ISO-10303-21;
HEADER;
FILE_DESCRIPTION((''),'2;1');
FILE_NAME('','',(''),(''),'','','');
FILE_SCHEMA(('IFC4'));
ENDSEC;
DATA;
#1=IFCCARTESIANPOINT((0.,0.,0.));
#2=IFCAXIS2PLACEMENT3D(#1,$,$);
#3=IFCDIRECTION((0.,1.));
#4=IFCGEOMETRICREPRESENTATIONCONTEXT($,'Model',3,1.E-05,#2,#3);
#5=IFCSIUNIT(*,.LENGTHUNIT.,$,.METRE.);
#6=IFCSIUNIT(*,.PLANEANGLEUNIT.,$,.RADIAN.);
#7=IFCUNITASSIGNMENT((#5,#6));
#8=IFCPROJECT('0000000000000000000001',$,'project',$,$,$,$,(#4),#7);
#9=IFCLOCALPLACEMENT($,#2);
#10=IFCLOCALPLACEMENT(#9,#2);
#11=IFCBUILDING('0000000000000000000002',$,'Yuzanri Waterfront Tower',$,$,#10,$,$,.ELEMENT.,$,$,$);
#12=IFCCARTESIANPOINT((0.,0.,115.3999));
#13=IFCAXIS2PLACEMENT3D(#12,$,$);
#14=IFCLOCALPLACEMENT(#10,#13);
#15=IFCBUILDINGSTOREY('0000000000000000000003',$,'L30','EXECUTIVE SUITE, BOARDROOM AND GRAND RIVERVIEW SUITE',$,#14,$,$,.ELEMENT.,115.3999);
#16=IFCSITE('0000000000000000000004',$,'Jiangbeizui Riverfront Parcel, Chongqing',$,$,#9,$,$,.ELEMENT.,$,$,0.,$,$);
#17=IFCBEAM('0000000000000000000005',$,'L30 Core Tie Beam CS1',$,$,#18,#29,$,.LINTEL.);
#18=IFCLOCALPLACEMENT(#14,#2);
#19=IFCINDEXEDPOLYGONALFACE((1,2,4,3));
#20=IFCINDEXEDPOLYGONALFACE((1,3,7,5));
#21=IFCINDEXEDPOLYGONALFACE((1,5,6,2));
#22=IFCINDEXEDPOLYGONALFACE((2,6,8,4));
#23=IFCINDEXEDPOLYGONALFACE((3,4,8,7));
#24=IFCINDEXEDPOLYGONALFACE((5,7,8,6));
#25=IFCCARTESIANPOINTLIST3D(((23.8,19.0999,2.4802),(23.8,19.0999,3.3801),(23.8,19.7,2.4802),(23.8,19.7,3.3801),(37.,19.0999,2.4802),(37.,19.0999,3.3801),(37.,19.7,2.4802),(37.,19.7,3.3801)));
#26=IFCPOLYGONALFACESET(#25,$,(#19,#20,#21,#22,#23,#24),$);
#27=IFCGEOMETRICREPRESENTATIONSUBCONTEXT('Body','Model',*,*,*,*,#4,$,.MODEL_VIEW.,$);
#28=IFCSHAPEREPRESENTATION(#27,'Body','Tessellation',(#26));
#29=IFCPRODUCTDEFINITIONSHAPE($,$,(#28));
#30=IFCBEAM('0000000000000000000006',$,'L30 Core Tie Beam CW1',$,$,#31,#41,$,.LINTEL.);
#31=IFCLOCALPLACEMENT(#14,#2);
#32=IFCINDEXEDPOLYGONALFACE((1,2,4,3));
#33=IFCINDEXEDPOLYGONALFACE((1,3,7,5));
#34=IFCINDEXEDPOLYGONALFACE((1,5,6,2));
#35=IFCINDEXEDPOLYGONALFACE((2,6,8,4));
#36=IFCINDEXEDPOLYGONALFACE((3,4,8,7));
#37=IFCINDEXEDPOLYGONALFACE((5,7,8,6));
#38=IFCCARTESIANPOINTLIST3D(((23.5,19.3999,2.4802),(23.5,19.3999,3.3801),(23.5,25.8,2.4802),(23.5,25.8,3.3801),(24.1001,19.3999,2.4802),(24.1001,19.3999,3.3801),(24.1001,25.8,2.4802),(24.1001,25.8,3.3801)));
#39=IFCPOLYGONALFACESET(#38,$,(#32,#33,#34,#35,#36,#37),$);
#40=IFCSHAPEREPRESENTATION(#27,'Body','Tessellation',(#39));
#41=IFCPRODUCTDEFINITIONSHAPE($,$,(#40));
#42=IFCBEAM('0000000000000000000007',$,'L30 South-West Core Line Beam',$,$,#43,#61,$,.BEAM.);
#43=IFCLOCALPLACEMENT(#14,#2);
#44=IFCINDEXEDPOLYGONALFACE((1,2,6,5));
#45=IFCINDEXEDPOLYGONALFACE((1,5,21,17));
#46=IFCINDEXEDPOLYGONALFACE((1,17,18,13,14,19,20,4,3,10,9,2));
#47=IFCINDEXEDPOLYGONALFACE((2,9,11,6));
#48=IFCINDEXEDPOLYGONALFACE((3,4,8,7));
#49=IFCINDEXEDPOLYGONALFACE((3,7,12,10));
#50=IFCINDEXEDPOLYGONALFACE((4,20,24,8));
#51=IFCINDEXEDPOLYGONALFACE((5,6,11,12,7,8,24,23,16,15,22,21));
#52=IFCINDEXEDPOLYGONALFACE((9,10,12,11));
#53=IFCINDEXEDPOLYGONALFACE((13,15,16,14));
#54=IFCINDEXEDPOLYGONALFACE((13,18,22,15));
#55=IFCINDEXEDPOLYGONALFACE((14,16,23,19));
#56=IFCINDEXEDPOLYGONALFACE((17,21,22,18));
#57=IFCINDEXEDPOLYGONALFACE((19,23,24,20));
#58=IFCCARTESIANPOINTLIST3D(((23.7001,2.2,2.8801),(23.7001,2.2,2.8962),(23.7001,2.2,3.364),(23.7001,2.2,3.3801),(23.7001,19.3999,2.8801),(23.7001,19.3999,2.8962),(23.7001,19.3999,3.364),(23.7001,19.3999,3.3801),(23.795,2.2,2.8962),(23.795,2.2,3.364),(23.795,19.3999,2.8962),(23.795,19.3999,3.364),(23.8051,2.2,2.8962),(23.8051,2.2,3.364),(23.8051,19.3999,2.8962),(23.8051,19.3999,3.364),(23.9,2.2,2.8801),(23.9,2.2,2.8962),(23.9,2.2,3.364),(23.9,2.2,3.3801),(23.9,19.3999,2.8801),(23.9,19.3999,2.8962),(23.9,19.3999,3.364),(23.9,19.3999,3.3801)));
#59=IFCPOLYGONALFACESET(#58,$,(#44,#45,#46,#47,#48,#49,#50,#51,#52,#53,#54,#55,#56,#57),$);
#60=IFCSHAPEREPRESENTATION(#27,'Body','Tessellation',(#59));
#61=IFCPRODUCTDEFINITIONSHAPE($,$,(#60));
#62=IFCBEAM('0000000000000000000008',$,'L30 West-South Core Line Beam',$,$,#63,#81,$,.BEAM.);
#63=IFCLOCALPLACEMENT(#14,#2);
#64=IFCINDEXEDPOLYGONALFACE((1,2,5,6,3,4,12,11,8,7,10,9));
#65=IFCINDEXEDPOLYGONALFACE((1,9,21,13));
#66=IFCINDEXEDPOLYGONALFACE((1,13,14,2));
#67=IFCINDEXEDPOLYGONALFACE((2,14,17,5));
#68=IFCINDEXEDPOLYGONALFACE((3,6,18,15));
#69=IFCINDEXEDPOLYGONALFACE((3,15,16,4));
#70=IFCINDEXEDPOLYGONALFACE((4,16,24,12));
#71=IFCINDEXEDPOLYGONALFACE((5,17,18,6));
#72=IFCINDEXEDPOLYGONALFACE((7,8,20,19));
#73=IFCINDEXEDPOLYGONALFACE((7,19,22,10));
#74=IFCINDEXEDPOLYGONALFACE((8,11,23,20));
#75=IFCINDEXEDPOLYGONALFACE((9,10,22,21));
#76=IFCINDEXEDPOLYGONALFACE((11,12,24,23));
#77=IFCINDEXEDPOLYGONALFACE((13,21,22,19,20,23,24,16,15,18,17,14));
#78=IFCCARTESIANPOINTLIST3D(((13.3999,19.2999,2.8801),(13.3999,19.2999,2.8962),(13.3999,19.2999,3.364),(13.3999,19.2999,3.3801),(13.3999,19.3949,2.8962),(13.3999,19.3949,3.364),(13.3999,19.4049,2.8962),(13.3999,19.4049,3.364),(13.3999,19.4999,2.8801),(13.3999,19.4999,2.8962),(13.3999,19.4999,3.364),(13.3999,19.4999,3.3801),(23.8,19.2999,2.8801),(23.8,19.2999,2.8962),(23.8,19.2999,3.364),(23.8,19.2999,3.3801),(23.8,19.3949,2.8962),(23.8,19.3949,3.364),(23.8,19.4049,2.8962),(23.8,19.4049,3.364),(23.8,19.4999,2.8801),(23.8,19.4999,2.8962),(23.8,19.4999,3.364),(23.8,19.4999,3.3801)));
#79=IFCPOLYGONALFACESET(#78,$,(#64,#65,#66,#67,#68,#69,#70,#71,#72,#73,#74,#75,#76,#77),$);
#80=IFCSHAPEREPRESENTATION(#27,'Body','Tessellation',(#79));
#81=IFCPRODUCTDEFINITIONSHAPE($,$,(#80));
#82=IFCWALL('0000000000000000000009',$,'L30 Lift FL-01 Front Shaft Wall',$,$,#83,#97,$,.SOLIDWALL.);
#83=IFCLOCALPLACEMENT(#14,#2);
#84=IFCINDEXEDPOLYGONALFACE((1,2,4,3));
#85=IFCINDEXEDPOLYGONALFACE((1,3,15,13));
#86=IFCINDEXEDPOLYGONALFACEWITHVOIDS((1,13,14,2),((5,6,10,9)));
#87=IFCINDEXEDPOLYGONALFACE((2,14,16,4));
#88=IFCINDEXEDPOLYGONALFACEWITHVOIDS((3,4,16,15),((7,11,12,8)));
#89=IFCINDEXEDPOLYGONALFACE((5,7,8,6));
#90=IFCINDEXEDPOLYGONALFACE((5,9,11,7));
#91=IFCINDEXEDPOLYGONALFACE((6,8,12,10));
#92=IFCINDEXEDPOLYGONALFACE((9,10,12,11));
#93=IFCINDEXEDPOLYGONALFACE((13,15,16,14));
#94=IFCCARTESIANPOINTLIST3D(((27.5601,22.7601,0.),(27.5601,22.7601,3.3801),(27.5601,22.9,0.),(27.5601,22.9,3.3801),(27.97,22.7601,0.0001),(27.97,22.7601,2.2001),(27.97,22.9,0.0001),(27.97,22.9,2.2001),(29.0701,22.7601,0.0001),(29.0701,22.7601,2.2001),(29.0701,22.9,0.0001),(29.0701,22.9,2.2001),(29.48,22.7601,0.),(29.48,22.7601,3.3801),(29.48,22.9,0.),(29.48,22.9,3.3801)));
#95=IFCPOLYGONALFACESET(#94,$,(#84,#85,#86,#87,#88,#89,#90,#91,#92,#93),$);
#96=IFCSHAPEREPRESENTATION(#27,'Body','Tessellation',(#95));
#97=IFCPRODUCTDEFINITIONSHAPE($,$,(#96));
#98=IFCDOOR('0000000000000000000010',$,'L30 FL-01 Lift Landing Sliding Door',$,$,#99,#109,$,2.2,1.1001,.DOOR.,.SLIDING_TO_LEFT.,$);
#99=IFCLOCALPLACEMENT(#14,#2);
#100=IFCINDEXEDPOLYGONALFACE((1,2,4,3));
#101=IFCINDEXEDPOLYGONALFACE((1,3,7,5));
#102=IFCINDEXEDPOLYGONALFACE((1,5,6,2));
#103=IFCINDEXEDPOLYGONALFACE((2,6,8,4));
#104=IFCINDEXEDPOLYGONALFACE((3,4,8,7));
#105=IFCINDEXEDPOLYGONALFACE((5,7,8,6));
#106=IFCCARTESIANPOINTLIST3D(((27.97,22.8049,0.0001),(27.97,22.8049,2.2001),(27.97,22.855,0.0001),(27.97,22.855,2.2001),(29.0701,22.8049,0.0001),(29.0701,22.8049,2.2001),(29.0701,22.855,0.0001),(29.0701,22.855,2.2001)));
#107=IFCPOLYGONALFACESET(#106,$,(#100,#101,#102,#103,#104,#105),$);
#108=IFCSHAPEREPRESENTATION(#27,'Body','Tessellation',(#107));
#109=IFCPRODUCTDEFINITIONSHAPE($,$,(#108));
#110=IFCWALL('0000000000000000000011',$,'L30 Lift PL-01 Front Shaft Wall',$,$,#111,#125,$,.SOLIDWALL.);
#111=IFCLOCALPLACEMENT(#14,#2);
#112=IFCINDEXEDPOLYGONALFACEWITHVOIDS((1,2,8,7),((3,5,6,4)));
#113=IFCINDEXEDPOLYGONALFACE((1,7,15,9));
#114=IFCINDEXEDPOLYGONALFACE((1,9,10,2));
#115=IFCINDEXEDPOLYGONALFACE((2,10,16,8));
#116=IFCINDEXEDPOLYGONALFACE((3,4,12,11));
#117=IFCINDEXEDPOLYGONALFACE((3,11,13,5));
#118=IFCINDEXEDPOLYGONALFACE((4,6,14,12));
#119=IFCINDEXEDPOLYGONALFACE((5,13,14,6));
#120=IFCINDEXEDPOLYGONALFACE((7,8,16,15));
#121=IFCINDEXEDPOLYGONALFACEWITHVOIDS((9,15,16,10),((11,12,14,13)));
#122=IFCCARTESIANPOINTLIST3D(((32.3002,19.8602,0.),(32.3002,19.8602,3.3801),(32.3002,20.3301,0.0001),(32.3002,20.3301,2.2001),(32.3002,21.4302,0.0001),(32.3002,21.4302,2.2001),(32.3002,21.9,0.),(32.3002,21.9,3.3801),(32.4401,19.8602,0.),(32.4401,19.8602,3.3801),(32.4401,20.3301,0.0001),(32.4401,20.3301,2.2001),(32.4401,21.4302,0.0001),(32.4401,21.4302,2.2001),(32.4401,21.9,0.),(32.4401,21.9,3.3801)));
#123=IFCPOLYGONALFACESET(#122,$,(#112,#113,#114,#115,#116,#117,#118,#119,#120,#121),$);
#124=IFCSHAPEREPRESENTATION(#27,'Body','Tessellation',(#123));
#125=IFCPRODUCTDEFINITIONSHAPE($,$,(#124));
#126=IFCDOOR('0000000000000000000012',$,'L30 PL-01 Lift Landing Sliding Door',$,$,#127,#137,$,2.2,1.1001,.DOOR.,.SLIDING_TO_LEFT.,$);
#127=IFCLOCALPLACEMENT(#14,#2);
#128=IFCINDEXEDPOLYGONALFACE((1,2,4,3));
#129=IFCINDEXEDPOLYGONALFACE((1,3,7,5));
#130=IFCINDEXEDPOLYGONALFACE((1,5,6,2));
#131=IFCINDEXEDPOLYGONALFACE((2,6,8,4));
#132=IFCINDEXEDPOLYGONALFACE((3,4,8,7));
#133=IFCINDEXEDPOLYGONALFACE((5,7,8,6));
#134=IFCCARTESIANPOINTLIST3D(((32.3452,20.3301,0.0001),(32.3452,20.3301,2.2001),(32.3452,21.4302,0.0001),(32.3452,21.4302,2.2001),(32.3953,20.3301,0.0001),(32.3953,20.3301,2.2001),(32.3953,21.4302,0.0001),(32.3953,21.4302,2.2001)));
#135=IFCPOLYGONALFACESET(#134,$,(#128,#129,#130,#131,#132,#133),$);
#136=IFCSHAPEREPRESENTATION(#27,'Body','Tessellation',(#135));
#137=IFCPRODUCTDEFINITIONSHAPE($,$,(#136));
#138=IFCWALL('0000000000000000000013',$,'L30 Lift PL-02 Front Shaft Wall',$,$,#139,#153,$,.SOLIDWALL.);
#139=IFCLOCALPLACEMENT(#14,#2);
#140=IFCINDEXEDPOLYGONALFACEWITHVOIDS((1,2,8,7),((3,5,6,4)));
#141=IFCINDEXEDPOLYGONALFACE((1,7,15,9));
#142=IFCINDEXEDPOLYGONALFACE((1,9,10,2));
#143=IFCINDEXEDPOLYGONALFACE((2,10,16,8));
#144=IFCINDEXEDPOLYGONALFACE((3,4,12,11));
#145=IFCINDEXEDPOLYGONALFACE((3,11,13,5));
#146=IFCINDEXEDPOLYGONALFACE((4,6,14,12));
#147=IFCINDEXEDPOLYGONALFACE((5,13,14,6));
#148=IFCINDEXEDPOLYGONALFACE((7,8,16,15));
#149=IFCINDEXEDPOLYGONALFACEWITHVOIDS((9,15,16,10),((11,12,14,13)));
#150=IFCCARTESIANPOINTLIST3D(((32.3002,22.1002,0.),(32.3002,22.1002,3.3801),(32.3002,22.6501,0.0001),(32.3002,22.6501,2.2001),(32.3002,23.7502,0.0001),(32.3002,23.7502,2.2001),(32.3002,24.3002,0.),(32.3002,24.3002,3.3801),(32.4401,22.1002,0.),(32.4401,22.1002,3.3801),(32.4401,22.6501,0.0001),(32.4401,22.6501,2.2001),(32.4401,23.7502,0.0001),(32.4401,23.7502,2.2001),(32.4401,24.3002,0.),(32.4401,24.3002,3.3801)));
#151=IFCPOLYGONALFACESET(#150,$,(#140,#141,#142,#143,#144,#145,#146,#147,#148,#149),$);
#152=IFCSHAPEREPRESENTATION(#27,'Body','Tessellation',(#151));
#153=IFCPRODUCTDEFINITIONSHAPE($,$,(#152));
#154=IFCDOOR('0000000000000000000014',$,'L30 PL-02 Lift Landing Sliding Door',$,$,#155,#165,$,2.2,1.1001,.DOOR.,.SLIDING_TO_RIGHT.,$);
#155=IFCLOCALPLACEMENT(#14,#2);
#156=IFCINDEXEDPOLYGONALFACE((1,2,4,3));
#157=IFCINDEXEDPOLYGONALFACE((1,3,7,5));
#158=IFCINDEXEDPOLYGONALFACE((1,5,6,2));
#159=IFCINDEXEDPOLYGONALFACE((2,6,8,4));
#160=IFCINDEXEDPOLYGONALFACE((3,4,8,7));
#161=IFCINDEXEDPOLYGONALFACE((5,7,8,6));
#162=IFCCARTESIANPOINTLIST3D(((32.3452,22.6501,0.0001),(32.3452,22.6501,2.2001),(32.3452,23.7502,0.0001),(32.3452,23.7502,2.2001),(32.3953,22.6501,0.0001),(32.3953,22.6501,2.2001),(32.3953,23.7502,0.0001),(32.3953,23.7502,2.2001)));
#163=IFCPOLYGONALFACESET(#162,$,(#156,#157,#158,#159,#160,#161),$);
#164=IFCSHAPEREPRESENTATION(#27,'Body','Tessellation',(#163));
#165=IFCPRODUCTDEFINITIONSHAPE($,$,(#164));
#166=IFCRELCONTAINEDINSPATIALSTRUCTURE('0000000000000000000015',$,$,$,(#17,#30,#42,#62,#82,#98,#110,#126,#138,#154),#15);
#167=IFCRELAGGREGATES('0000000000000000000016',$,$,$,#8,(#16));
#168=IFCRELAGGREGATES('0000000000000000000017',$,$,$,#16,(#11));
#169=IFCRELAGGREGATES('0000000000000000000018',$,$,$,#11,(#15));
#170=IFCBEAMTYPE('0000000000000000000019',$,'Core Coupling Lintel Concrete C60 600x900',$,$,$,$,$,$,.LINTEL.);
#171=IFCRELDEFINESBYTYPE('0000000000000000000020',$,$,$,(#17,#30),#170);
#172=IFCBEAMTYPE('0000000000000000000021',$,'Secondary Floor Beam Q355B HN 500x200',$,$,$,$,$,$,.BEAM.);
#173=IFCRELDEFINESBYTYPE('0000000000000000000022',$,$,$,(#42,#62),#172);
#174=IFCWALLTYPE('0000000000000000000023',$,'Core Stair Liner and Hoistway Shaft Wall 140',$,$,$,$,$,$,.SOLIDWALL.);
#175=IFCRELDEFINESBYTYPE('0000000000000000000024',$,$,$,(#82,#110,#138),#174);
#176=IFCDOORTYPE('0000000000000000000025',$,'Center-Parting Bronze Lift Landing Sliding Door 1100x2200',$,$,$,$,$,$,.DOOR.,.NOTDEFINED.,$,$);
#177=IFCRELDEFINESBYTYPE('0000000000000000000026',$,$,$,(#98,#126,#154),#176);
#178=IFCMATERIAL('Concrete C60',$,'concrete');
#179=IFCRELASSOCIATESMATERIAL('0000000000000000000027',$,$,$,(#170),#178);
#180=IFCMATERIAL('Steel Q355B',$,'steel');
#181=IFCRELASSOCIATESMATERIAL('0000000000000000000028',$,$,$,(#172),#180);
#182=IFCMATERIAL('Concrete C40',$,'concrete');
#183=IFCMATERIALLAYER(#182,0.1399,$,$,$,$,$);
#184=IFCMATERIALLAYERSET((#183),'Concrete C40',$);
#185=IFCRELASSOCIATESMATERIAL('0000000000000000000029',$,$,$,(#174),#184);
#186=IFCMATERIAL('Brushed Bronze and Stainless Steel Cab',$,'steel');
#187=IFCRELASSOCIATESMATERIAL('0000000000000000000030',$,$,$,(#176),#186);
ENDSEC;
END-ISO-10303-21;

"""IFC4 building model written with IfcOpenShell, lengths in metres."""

from ifc_helpers import new_model, si_unit, direction, frame, frame_2d, origin, origin_2d, place, context, subcontext, project, spatial, rectangle, i_section, extrude, source, transform, mapped, material, layer, layer_set, material_profile, profile_set, type_object, element, fill, save


model = new_model("IFC4")

# Units and contexts
model_context = context("Model", 3, precision=1e-05, world=origin(), true_north=direction((0.0, 1.0)))
body_context = subcontext(model_context, "Body", "Model", "MODEL_VIEW")
ifc_project = project(units=[si_unit("LENGTHUNIT", "METRE"), si_unit("PLANEANGLEUNIT", "RADIAN")], contexts=[model_context])

# Site, building, storey
site_placement = place(None, origin())
site = spatial("IfcSite", under=ifc_project, at=site_placement, Name="Jiangbeizui Riverfront Parcel, Chongqing", CompositionType="ELEMENT", RefElevation=0.0)
building_placement = place(site_placement, origin())
building = spatial("IfcBuilding", under=site, at=building_placement, Name="Yuzanri Waterfront Tower", CompositionType="ELEMENT")
storey_placement = place(building_placement, frame((0.0, 0.0, 115.3999)))
storey = spatial("IfcBuildingStorey", under=building, at=storey_placement, Name="L30", Description="EXECUTIVE SUITE, BOARDROOM AND GRAND RIVERVIEW SUITE", CompositionType="ELEMENT", Elevation=115.3999)

# Beams
ifc_material_1 = material(Name="Concrete C60", Category="concrete")
ifc_material_profile_1 = material_profile(ifc_material_1, rectangle(XDim=0.6001, YDim=0.8999, at=origin_2d()), Name="RC 600x900")
ifc_profile_set_1 = profile_set([ifc_material_profile_1], Name="Concrete C60")
beam_type_1 = type_object("IfcBeamType", Name="Core Coupling Lintel Concrete C60 600x900", PredefinedType="LINTEL", material=ifc_profile_set_1)
shared_shape_1 = source(origin(), body_context, "Body", "SweptSolid", [
    extrude(rectangle(XDim=0.6001, YDim=0.8999, at=origin_2d()), origin(), (0.0, 0.0, 1.0), 13.2),
])
beam_1_placement = place(storey_placement, frame((23.8, 19.3999, 2.9302), z_axis=(1.0, 0.0, 0.0), x_axis=(0.0, 1.0, 0.0)))
element("IfcBeam", 1, at=beam_1_placement, inside=storey, type_object=beam_type_1, Name="L30 Core Tie Beam CS1", PredefinedType="LINTEL", context=body_context, shape_type="MappedRepresentation", body=[
    mapped(shared_shape_1, transform((0.0, 0.0, 0.0), scale=1.0)),
])
shared_shape_2 = source(origin(), body_context, "Body", "SweptSolid", [
    extrude(rectangle(XDim=0.6001, YDim=0.8999, at=origin_2d()), origin(), (0.0, 0.0, 1.0), 6.4001),
])
beam_2_placement = place(storey_placement, frame((23.8, 19.3999, 2.9302), z_axis=(0.0, 1.0, 0.0), x_axis=(-1.0, 0.0, 0.0)))
element("IfcBeam", 2, at=beam_2_placement, inside=storey, type_object=beam_type_1, Name="L30 Core Tie Beam CW1", PredefinedType="LINTEL", context=body_context, shape_type="MappedRepresentation", body=[
    mapped(shared_shape_2, transform((0.0, 0.0, 0.0), scale=1.0)),
])
ifc_material_2 = material(Name="Steel Q355B", Category="steel")
ifc_material_profile_2 = material_profile(ifc_material_2, i_section(OverallWidth=0.2, OverallDepth=0.5, WebThickness=0.01, FlangeThickness=0.0161, at=origin_2d()), Name="HN 500x200x10x16")
ifc_profile_set_2 = profile_set([ifc_material_profile_2], Name="Steel Q355B")
beam_type_2 = type_object("IfcBeamType", Name="Secondary Floor Beam Q355B HN 500x200", PredefinedType="BEAM", material=ifc_profile_set_2)
shared_shape_3 = source(origin(), body_context, "Body", "SweptSolid", [
    extrude(i_section(OverallWidth=0.2, OverallDepth=0.5, WebThickness=0.01, FlangeThickness=0.0161, at=origin_2d()), origin(), (0.0, 0.0, 1.0), 17.2),
])
beam_3_placement = place(storey_placement, frame((23.8, 19.3999, 3.1301), z_axis=(0.0, -1.0, 0.0), x_axis=(1.0, 0.0, 0.0)))
element("IfcBeam", 3, at=beam_3_placement, inside=storey, type_object=beam_type_2, Name="L30 South-West Core Line Beam", PredefinedType="BEAM", context=body_context, shape_type="MappedRepresentation", body=[
    mapped(shared_shape_3, transform((0.0, 0.0, 0.0), scale=1.0)),
])
shared_shape_4 = source(origin(), body_context, "Body", "SweptSolid", [
    extrude(i_section(OverallWidth=0.2, OverallDepth=0.5, WebThickness=0.01, FlangeThickness=0.0161, at=origin_2d()), origin(), (0.0, 0.0, 1.0), 10.4001),
])
beam_4_placement = place(storey_placement, frame((23.8, 19.3999, 3.1301), z_axis=(-1.0, 0.0, 0.0), x_axis=(0.0, -1.0, 0.0)))
element("IfcBeam", 4, at=beam_4_placement, inside=storey, type_object=beam_type_2, Name="L30 West-South Core Line Beam", PredefinedType="BEAM", context=body_context, shape_type="MappedRepresentation", body=[
    mapped(shared_shape_4, transform((0.0, 0.0, 0.0), scale=1.0)),
])

# Walls, openings, doors
ifc_material_3 = material(Name="Concrete C40", Category="concrete")
ifc_layer_1 = layer(ifc_material_3, 0.1399)
ifc_layer_set_1 = layer_set([ifc_layer_1], Name="Concrete C40")
wall_type_1 = type_object("IfcWallType", Name="Core Stair Liner and Hoistway Shaft Wall 140", PredefinedType="SOLIDWALL", material=ifc_layer_set_1)
wall_1_placement = place(storey_placement, frame((27.5601, 22.8301, 0.0), z_axis=(0.0, 0.0, 1.0), x_axis=(1.0, 0.0, 0.0)))
wall_1 = element("IfcWall", 5, at=wall_1_placement, inside=storey, type_object=wall_type_1, Name="L30 Lift FL-01 Front Shaft Wall", PredefinedType="SOLIDWALL", context=body_context, shape_type="SweptSolid", body=[
    extrude(rectangle(XDim=1.9199, YDim=0.1399, at=frame_2d((0.96, 0.0))), origin(), (0.0, 0.0, 1.0), 3.3801),
])
opening_1_placement = place(wall_1_placement, frame((0.4099, 0.0, 0.0)))
opening_1 = element("IfcOpeningElement", 6, at=opening_1_placement, cuts=wall_1, PredefinedType="OPENING", context=body_context, shape_type="SweptSolid", body=[
    extrude(rectangle(XDim=1.1001, YDim=2.2, at=frame_2d((0.55, 1.1001))), frame((0.0, 0.085, 0.0), z_axis=(0.0, -1.0, 0.0), x_axis=(1.0, 0.0, 0.0)), (0.0, 0.0, 1.0), 0.1697),
])
ifc_material_4 = material(Name="Brushed Bronze and Stainless Steel Cab", Category="steel")
door_type_1 = type_object("IfcDoorType", Name="Center-Parting Bronze Lift Landing Sliding Door 1100x2200", OperationType="NOTDEFINED", PredefinedType="DOOR", material=ifc_material_4)
shared_shape_5 = source(origin(), body_context, "Body", "SweptSolid", [
    extrude(rectangle(XDim=1.1001, YDim=2.2, at=frame_2d((0.55, 1.1001))), frame((0.0, 0.0249, 0.0), z_axis=(0.0, -1.0, 0.0), x_axis=(1.0, 0.0, 0.0)), (0.0, 0.0, 1.0), 0.05),
])
door_1_placement = place(opening_1_placement, origin())
door_1 = element("IfcDoor", 7, at=door_1_placement, inside=storey, type_object=door_type_1, Name="L30 FL-01 Lift Landing Sliding Door", OperationType="SLIDING_TO_LEFT", OverallHeight=2.2, OverallWidth=1.1001, PredefinedType="DOOR", context=body_context, shape_type="MappedRepresentation", body=[
    mapped(shared_shape_5, transform((0.0, 0.0, 0.0), scale=1.0)),
])
fill(opening_1, door_1)
wall_2_placement = place(storey_placement, frame((32.3701, 19.8601, 0.0), z_axis=(0.0, 0.0, 1.0), x_axis=(0.0, 1.0, 0.0)))
wall_2 = element("IfcWall", 8, at=wall_2_placement, inside=storey, type_object=wall_type_1, Name="L30 Lift PL-01 Front Shaft Wall", PredefinedType="SOLIDWALL", context=body_context, shape_type="SweptSolid", body=[
    extrude(rectangle(XDim=2.0398, YDim=0.1399, at=frame_2d((1.02, 0.0))), origin(), (0.0, 0.0, 1.0), 3.3801),
])
opening_2_placement = place(wall_2_placement, frame((0.47, 0.0, 0.0)))
opening_2 = element("IfcOpeningElement", 9, at=opening_2_placement, cuts=wall_2, PredefinedType="OPENING", context=body_context, shape_type="SweptSolid", body=[
    extrude(rectangle(XDim=1.1001, YDim=2.2, at=frame_2d((0.55, 1.1001))), frame((0.0, 0.085, 0.0), z_axis=(0.0, -1.0, 0.0), x_axis=(1.0, 0.0, 0.0)), (0.0, 0.0, 1.0), 0.1697),
])
door_2_placement = place(opening_2_placement, origin())
door_2 = element("IfcDoor", 10, at=door_2_placement, inside=storey, type_object=door_type_1, Name="L30 PL-01 Lift Landing Sliding Door", OperationType="SLIDING_TO_LEFT", OverallHeight=2.2, OverallWidth=1.1001, PredefinedType="DOOR", context=body_context, shape_type="MappedRepresentation", body=[
    mapped(shared_shape_5, transform((0.0, 0.0, 0.0), scale=1.0)),
])
fill(opening_2, door_2)
wall_3_placement = place(storey_placement, frame((32.3701, 22.1001, 0.0), z_axis=(0.0, 0.0, 1.0), x_axis=(0.0, 1.0, 0.0)))
wall_3 = element("IfcWall", 11, at=wall_3_placement, inside=storey, type_object=wall_type_1, Name="L30 Lift PL-02 Front Shaft Wall", PredefinedType="SOLIDWALL", context=body_context, shape_type="SweptSolid", body=[
    extrude(rectangle(XDim=2.2, YDim=0.1399, at=frame_2d((1.1001, 0.0))), origin(), (0.0, 0.0, 1.0), 3.3801),
])
opening_3_placement = place(wall_3_placement, frame((0.55, 0.0, 0.0)))
opening_3 = element("IfcOpeningElement", 12, at=opening_3_placement, cuts=wall_3, PredefinedType="OPENING", context=body_context, shape_type="SweptSolid", body=[
    extrude(rectangle(XDim=1.1001, YDim=2.2, at=frame_2d((0.55, 1.1001))), frame((0.0, 0.085, 0.0), z_axis=(0.0, -1.0, 0.0), x_axis=(1.0, 0.0, 0.0)), (0.0, 0.0, 1.0), 0.1697),
])
door_3_placement = place(opening_3_placement, origin())
door_3 = element("IfcDoor", 13, at=door_3_placement, inside=storey, type_object=door_type_1, Name="L30 PL-02 Lift Landing Sliding Door", OperationType="SLIDING_TO_RIGHT", OverallHeight=2.2, OverallWidth=1.1001, PredefinedType="DOOR", context=body_context, shape_type="MappedRepresentation", body=[
    mapped(shared_shape_5, transform((0.0, 0.0, 0.0), scale=1.0)),
])
fill(opening_3, door_3)

save(model, "model.ifc")
